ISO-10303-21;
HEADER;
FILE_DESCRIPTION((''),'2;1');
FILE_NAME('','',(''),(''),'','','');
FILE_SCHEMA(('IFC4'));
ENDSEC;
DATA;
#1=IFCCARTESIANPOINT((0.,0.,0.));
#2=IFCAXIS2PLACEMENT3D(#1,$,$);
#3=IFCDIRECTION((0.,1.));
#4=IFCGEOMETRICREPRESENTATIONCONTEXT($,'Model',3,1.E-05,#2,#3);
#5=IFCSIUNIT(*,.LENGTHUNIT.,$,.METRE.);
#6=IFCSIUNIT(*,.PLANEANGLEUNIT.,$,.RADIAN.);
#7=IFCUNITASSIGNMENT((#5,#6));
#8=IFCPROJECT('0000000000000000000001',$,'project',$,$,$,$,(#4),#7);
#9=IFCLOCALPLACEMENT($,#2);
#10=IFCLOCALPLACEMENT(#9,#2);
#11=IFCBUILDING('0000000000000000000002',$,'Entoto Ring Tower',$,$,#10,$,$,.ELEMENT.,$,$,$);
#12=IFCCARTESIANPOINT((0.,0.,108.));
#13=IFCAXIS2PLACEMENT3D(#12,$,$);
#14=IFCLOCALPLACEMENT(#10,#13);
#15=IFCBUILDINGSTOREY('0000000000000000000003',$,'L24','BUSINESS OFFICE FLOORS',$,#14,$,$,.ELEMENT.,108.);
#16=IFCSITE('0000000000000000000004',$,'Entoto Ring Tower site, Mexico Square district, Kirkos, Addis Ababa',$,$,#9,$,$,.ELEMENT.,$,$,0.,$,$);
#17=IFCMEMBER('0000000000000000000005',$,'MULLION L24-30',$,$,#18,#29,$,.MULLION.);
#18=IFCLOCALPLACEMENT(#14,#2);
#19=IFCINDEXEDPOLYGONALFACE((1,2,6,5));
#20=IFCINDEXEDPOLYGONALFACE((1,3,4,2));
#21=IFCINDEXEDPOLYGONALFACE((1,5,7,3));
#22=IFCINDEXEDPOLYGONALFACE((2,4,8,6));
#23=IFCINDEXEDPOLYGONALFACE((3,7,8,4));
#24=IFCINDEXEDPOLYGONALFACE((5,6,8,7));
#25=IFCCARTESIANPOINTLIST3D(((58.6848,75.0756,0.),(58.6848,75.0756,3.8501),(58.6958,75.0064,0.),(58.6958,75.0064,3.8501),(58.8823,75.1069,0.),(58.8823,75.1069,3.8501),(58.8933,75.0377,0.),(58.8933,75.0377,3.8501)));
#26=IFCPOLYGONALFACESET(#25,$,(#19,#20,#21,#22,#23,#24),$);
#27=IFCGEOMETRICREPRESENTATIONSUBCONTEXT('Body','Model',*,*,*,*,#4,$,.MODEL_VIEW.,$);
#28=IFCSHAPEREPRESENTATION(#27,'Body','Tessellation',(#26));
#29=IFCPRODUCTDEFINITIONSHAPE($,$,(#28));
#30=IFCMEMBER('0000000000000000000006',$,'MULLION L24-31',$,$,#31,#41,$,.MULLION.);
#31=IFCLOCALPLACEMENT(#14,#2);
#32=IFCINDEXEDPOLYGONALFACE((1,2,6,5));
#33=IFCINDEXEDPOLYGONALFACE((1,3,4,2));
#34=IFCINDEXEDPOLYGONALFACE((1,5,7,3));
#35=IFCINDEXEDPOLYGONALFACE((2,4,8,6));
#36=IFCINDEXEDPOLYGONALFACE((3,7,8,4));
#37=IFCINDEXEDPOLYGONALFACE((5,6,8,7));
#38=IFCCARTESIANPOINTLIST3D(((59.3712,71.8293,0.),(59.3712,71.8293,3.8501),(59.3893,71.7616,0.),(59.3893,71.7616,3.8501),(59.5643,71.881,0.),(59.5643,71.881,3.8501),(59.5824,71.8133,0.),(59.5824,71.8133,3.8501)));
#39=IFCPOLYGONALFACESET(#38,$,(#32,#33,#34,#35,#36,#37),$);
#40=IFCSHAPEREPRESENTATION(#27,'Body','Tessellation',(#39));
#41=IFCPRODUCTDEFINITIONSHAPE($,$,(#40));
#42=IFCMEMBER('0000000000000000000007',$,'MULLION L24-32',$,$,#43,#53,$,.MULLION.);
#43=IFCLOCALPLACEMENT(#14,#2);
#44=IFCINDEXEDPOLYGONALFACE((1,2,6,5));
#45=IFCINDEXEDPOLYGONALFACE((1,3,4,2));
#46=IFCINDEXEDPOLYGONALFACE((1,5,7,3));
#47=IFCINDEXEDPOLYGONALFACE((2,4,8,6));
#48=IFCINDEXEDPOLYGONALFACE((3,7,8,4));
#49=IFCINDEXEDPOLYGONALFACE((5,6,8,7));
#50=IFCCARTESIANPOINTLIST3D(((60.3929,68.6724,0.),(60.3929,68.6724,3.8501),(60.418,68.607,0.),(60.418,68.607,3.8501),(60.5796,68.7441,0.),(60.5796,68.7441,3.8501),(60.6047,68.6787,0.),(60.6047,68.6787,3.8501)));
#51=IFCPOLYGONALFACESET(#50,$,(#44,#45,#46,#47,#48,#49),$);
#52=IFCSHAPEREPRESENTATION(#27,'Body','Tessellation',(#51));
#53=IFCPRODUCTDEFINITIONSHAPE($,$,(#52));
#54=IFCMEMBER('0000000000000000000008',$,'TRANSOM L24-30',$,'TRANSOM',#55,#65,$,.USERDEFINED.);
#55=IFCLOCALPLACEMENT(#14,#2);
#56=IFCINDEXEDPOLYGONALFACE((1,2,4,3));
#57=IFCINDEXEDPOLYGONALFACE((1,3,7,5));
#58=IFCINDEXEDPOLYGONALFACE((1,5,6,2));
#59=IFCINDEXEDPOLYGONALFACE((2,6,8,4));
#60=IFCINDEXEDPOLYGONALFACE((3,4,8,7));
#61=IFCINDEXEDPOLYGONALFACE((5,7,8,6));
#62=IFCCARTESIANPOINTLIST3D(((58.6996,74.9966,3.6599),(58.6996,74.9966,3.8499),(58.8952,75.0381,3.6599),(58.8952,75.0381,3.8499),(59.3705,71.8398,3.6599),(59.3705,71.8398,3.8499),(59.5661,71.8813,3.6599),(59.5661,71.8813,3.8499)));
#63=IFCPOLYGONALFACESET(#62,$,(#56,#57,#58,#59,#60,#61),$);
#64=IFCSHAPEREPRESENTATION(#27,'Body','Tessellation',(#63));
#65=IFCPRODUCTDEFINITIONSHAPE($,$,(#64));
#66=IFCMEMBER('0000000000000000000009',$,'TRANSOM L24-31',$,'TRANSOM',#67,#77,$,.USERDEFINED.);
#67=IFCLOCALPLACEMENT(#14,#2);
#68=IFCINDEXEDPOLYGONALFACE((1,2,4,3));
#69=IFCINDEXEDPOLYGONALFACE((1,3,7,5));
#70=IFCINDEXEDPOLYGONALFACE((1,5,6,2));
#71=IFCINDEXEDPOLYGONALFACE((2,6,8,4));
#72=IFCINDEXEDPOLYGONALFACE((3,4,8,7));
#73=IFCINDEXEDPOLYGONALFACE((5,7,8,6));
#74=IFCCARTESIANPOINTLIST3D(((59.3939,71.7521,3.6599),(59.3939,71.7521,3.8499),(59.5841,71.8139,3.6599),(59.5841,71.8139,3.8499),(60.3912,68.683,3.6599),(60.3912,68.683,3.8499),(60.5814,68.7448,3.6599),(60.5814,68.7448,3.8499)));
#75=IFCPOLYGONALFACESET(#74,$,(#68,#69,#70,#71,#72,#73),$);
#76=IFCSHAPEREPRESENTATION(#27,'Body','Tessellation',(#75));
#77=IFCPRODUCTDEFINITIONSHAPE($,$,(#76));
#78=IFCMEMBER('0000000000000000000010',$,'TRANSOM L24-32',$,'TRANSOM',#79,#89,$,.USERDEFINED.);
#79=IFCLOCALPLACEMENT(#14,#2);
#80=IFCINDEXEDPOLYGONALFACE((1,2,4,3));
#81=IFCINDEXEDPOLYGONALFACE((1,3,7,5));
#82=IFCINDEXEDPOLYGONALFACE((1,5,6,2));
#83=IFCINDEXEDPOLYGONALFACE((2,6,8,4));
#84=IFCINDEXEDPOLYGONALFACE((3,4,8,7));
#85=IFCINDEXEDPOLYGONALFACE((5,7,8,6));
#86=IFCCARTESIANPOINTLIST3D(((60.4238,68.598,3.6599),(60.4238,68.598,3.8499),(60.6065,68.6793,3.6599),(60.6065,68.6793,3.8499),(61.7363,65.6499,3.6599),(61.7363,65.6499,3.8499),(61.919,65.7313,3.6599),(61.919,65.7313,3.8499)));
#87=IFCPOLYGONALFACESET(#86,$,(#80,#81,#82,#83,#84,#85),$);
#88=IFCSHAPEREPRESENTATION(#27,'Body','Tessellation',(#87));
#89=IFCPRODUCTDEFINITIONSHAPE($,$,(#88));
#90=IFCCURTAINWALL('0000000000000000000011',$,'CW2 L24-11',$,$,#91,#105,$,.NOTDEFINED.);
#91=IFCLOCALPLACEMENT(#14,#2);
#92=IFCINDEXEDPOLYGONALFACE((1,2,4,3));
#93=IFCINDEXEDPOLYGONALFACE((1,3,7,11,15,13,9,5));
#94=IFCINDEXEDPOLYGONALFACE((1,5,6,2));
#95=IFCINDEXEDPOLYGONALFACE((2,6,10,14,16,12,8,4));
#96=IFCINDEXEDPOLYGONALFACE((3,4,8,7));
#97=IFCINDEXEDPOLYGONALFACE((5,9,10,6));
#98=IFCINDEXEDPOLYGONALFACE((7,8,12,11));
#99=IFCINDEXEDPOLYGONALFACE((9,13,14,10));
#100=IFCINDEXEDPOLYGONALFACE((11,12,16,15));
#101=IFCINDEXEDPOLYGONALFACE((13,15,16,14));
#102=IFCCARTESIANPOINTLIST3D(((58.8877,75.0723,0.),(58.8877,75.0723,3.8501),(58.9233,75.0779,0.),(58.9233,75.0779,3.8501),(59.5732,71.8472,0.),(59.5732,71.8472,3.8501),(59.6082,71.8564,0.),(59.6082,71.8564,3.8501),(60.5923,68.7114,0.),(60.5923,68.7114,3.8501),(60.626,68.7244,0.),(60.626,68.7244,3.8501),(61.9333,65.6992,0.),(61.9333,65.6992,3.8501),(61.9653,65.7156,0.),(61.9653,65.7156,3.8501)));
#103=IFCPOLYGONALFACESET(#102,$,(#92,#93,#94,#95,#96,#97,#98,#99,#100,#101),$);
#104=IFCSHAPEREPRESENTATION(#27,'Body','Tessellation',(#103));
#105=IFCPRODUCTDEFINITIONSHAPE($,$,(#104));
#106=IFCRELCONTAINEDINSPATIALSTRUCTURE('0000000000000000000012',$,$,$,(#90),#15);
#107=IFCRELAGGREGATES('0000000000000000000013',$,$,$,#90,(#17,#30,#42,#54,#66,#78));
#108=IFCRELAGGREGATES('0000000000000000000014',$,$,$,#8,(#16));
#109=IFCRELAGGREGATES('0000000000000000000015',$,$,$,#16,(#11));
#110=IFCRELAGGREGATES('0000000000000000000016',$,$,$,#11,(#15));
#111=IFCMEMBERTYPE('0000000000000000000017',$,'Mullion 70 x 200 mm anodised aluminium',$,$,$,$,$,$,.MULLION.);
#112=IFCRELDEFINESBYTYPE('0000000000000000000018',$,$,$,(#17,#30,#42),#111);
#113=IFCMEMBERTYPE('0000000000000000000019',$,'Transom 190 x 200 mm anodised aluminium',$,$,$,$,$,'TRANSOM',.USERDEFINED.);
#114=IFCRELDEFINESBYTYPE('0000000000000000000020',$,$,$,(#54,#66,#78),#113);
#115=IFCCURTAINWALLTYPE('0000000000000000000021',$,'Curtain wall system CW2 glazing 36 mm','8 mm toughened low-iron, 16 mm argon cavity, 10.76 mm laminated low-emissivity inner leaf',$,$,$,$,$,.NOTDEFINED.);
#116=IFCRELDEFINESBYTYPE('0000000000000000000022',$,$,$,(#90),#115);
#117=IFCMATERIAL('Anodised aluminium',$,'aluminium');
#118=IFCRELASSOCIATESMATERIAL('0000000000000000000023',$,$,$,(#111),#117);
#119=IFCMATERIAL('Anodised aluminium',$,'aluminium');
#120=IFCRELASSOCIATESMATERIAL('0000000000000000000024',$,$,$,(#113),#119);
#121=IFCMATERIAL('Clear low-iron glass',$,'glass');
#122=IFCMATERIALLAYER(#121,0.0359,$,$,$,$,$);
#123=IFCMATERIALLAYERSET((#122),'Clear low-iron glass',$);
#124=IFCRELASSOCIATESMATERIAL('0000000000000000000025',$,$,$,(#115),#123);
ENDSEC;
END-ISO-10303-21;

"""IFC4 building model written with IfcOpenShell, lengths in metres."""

from ifc_helpers import new_model, si_unit, direction, frame, origin, origin_2d, place, context, subcontext, project, spatial, polyline, rectangle, outline, extrude, material, layer, layer_set, material_profile, profile_set, type_object, element, aggregate, save


model = new_model("IFC4")

# Units and contexts
model_context = context("Model", 3, precision=1e-05, world=origin(), true_north=direction((0.0, 1.0)))
body_context = subcontext(model_context, "Body", "Model", "MODEL_VIEW")
ifc_project = project(units=[si_unit("LENGTHUNIT", "METRE"), si_unit("PLANEANGLEUNIT", "RADIAN")], contexts=[model_context])

# Members
ifc_material_1 = material(Name="Anodised aluminium", Category="aluminium")
ifc_material_profile_1 = material_profile(ifc_material_1, rectangle(XDim=0.0701, YDim=0.2, at=origin_2d()), Name="Mullion 70 x 200 mm anodised aluminium")
ifc_profile_set_1 = profile_set([ifc_material_profile_1], Name="Anodised aluminium")
member_type_1 = type_object("IfcMemberType", Name="Mullion 70 x 200 mm anodised aluminium", PredefinedType="MULLION", material=ifc_profile_set_1)
site_placement = place(None, origin())
building_placement = place(site_placement, origin())
storey_placement = place(building_placement, frame((0.0, 0.0, 108.0)))
member_1_placement = place(storey_placement, frame((58.7891, 75.0566, 0.0), z_axis=(0.0, 0.0, 1.0), x_axis=(0.156434, -0.987688, 0.0)))
member_1 = element("IfcMember", 1, at=member_1_placement, type_object=member_type_1, Name="MULLION L24-30", PredefinedType="MULLION", context=body_context, shape_type="SweptSolid", body=[
    extrude(rectangle(XDim=0.0701, YDim=0.2, at=origin_2d()), origin(), (0.0, 0.0, 1.0), 3.8501),
])
member_2_placement = place(storey_placement, frame((59.4768, 71.8213, 0.0), z_axis=(0.0, 0.0, 1.0), x_axis=(0.258819, -0.965926, 0.0)))
member_2 = element("IfcMember", 2, at=member_2_placement, type_object=member_type_1, Name="MULLION L24-31", PredefinedType="MULLION", context=body_context, shape_type="SweptSolid", body=[
    extrude(rectangle(XDim=0.0701, YDim=0.2, at=origin_2d()), origin(), (0.0, 0.0, 1.0), 3.8501),
])
member_3_placement = place(storey_placement, frame((60.4988, 68.6755, 0.0), z_axis=(0.0, 0.0, 1.0), x_axis=(0.358368, -0.93358, 0.0)))
member_3 = element("IfcMember", 3, at=member_3_placement, type_object=member_type_1, Name="MULLION L24-32", PredefinedType="MULLION", context=body_context, shape_type="SweptSolid", body=[
    extrude(rectangle(XDim=0.0701, YDim=0.2, at=origin_2d()), origin(), (0.0, 0.0, 1.0), 3.8501),
])
ifc_material_2 = material(Name="Anodised aluminium", Category="aluminium")
ifc_material_profile_2 = material_profile(ifc_material_2, rectangle(XDim=0.2, YDim=0.1899, at=origin_2d()), Name="Transom 190 x 200 mm anodised aluminium")
ifc_profile_set_2 = profile_set([ifc_material_profile_2], Name="Anodised aluminium")
member_type_2 = type_object("IfcMemberType", Name="Transom 190 x 200 mm anodised aluminium", ElementType="TRANSOM", PredefinedType="USERDEFINED", material=ifc_profile_set_2)
member_4_placement = place(storey_placement, frame((58.7974, 75.0173, 3.7549), z_axis=(0.207886, -0.978153, 0.0), x_axis=(0.978153, 0.207886, 0.0)))
member_4 = element("IfcMember", 4, at=member_4_placement, type_object=member_type_2, Name="TRANSOM L24-30", ObjectType="TRANSOM", PredefinedType="USERDEFINED", context=body_context, shape_type="SweptSolid", body=[
    extrude(rectangle(XDim=0.2, YDim=0.1899, at=origin_2d()), origin(), (0.0, 0.0, 1.0), 3.2273),
])
member_5_placement = place(storey_placement, frame((59.489, 71.783, 3.7549), z_axis=(0.309047, -0.951047, 0.0), x_axis=(0.951047, 0.309047, 0.0)))
member_5 = element("IfcMember", 5, at=member_5_placement, type_object=member_type_2, Name="TRANSOM L24-31", ObjectType="TRANSOM", PredefinedType="USERDEFINED", context=body_context, shape_type="SweptSolid", body=[
    extrude(rectangle(XDim=0.2, YDim=0.1899, at=origin_2d()), origin(), (0.0, 0.0, 1.0), 3.2271),
])
member_6_placement = place(storey_placement, frame((60.5151, 68.6387, 3.7549), z_axis=(0.406728, -0.913549, 0.0), x_axis=(0.913549, 0.406728, 0.0)))
member_6 = element("IfcMember", 6, at=member_6_placement, type_object=member_type_2, Name="TRANSOM L24-32", ObjectType="TRANSOM", PredefinedType="USERDEFINED", context=body_context, shape_type="SweptSolid", body=[
    extrude(rectangle(XDim=0.2, YDim=0.1899, at=origin_2d()), origin(), (0.0, 0.0, 1.0), 3.2271),
])

# Site, building, storey
site = spatial("IfcSite", under=ifc_project, at=site_placement, Name="Entoto Ring Tower site, Mexico Square district, Kirkos, Addis Ababa", CompositionType="ELEMENT", RefElevation=0.0)
building = spatial("IfcBuilding", under=site, at=building_placement, Name="Entoto Ring Tower", CompositionType="ELEMENT")
storey = spatial("IfcBuildingStorey", under=building, at=storey_placement, Name="L24", Description="BUSINESS OFFICE FLOORS", CompositionType="ELEMENT", Elevation=108.0)

# Curtain wall
ifc_material_3 = material(Name="Clear low-iron glass", Category="glass")
ifc_layer = layer(ifc_material_3, 0.0359)
ifc_layer_set = layer_set([ifc_layer], Name="Clear low-iron glass")
curtain_wall_type = type_object("IfcCurtainWallType", Name="Curtain wall system CW2 glazing 36 mm", Description="8 mm toughened low-iron, 16 mm argon cavity, 10.76 mm laminated low-emissivity inner leaf", PredefinedType="NOTDEFINED", material=ifc_layer_set)
curtain_wall_1_placement = place(storey_placement, origin())
curtain_wall_1 = element("IfcCurtainWall", 7, at=curtain_wall_1_placement, inside=storey, type_object=curtain_wall_type, Name="CW2 L24-11", PredefinedType="NOTDEFINED", context=body_context, shape_type="SweptSolid", body=[
    extrude(outline(polyline([(58.8877, 75.0723), (59.5732, 71.8472), (60.5923, 68.7114), (61.9333, 65.6992), (61.9653, 65.7156), (60.626, 68.7244), (59.6082, 71.8564), (58.9233, 75.0779), (58.8877, 75.0723)])), origin(), (0.0, 0.0, 1.0), 3.8501),
])
aggregate(curtain_wall_1, [member_1, member_2, member_3, member_4, member_5, member_6])

save(model, "model.ifc")
